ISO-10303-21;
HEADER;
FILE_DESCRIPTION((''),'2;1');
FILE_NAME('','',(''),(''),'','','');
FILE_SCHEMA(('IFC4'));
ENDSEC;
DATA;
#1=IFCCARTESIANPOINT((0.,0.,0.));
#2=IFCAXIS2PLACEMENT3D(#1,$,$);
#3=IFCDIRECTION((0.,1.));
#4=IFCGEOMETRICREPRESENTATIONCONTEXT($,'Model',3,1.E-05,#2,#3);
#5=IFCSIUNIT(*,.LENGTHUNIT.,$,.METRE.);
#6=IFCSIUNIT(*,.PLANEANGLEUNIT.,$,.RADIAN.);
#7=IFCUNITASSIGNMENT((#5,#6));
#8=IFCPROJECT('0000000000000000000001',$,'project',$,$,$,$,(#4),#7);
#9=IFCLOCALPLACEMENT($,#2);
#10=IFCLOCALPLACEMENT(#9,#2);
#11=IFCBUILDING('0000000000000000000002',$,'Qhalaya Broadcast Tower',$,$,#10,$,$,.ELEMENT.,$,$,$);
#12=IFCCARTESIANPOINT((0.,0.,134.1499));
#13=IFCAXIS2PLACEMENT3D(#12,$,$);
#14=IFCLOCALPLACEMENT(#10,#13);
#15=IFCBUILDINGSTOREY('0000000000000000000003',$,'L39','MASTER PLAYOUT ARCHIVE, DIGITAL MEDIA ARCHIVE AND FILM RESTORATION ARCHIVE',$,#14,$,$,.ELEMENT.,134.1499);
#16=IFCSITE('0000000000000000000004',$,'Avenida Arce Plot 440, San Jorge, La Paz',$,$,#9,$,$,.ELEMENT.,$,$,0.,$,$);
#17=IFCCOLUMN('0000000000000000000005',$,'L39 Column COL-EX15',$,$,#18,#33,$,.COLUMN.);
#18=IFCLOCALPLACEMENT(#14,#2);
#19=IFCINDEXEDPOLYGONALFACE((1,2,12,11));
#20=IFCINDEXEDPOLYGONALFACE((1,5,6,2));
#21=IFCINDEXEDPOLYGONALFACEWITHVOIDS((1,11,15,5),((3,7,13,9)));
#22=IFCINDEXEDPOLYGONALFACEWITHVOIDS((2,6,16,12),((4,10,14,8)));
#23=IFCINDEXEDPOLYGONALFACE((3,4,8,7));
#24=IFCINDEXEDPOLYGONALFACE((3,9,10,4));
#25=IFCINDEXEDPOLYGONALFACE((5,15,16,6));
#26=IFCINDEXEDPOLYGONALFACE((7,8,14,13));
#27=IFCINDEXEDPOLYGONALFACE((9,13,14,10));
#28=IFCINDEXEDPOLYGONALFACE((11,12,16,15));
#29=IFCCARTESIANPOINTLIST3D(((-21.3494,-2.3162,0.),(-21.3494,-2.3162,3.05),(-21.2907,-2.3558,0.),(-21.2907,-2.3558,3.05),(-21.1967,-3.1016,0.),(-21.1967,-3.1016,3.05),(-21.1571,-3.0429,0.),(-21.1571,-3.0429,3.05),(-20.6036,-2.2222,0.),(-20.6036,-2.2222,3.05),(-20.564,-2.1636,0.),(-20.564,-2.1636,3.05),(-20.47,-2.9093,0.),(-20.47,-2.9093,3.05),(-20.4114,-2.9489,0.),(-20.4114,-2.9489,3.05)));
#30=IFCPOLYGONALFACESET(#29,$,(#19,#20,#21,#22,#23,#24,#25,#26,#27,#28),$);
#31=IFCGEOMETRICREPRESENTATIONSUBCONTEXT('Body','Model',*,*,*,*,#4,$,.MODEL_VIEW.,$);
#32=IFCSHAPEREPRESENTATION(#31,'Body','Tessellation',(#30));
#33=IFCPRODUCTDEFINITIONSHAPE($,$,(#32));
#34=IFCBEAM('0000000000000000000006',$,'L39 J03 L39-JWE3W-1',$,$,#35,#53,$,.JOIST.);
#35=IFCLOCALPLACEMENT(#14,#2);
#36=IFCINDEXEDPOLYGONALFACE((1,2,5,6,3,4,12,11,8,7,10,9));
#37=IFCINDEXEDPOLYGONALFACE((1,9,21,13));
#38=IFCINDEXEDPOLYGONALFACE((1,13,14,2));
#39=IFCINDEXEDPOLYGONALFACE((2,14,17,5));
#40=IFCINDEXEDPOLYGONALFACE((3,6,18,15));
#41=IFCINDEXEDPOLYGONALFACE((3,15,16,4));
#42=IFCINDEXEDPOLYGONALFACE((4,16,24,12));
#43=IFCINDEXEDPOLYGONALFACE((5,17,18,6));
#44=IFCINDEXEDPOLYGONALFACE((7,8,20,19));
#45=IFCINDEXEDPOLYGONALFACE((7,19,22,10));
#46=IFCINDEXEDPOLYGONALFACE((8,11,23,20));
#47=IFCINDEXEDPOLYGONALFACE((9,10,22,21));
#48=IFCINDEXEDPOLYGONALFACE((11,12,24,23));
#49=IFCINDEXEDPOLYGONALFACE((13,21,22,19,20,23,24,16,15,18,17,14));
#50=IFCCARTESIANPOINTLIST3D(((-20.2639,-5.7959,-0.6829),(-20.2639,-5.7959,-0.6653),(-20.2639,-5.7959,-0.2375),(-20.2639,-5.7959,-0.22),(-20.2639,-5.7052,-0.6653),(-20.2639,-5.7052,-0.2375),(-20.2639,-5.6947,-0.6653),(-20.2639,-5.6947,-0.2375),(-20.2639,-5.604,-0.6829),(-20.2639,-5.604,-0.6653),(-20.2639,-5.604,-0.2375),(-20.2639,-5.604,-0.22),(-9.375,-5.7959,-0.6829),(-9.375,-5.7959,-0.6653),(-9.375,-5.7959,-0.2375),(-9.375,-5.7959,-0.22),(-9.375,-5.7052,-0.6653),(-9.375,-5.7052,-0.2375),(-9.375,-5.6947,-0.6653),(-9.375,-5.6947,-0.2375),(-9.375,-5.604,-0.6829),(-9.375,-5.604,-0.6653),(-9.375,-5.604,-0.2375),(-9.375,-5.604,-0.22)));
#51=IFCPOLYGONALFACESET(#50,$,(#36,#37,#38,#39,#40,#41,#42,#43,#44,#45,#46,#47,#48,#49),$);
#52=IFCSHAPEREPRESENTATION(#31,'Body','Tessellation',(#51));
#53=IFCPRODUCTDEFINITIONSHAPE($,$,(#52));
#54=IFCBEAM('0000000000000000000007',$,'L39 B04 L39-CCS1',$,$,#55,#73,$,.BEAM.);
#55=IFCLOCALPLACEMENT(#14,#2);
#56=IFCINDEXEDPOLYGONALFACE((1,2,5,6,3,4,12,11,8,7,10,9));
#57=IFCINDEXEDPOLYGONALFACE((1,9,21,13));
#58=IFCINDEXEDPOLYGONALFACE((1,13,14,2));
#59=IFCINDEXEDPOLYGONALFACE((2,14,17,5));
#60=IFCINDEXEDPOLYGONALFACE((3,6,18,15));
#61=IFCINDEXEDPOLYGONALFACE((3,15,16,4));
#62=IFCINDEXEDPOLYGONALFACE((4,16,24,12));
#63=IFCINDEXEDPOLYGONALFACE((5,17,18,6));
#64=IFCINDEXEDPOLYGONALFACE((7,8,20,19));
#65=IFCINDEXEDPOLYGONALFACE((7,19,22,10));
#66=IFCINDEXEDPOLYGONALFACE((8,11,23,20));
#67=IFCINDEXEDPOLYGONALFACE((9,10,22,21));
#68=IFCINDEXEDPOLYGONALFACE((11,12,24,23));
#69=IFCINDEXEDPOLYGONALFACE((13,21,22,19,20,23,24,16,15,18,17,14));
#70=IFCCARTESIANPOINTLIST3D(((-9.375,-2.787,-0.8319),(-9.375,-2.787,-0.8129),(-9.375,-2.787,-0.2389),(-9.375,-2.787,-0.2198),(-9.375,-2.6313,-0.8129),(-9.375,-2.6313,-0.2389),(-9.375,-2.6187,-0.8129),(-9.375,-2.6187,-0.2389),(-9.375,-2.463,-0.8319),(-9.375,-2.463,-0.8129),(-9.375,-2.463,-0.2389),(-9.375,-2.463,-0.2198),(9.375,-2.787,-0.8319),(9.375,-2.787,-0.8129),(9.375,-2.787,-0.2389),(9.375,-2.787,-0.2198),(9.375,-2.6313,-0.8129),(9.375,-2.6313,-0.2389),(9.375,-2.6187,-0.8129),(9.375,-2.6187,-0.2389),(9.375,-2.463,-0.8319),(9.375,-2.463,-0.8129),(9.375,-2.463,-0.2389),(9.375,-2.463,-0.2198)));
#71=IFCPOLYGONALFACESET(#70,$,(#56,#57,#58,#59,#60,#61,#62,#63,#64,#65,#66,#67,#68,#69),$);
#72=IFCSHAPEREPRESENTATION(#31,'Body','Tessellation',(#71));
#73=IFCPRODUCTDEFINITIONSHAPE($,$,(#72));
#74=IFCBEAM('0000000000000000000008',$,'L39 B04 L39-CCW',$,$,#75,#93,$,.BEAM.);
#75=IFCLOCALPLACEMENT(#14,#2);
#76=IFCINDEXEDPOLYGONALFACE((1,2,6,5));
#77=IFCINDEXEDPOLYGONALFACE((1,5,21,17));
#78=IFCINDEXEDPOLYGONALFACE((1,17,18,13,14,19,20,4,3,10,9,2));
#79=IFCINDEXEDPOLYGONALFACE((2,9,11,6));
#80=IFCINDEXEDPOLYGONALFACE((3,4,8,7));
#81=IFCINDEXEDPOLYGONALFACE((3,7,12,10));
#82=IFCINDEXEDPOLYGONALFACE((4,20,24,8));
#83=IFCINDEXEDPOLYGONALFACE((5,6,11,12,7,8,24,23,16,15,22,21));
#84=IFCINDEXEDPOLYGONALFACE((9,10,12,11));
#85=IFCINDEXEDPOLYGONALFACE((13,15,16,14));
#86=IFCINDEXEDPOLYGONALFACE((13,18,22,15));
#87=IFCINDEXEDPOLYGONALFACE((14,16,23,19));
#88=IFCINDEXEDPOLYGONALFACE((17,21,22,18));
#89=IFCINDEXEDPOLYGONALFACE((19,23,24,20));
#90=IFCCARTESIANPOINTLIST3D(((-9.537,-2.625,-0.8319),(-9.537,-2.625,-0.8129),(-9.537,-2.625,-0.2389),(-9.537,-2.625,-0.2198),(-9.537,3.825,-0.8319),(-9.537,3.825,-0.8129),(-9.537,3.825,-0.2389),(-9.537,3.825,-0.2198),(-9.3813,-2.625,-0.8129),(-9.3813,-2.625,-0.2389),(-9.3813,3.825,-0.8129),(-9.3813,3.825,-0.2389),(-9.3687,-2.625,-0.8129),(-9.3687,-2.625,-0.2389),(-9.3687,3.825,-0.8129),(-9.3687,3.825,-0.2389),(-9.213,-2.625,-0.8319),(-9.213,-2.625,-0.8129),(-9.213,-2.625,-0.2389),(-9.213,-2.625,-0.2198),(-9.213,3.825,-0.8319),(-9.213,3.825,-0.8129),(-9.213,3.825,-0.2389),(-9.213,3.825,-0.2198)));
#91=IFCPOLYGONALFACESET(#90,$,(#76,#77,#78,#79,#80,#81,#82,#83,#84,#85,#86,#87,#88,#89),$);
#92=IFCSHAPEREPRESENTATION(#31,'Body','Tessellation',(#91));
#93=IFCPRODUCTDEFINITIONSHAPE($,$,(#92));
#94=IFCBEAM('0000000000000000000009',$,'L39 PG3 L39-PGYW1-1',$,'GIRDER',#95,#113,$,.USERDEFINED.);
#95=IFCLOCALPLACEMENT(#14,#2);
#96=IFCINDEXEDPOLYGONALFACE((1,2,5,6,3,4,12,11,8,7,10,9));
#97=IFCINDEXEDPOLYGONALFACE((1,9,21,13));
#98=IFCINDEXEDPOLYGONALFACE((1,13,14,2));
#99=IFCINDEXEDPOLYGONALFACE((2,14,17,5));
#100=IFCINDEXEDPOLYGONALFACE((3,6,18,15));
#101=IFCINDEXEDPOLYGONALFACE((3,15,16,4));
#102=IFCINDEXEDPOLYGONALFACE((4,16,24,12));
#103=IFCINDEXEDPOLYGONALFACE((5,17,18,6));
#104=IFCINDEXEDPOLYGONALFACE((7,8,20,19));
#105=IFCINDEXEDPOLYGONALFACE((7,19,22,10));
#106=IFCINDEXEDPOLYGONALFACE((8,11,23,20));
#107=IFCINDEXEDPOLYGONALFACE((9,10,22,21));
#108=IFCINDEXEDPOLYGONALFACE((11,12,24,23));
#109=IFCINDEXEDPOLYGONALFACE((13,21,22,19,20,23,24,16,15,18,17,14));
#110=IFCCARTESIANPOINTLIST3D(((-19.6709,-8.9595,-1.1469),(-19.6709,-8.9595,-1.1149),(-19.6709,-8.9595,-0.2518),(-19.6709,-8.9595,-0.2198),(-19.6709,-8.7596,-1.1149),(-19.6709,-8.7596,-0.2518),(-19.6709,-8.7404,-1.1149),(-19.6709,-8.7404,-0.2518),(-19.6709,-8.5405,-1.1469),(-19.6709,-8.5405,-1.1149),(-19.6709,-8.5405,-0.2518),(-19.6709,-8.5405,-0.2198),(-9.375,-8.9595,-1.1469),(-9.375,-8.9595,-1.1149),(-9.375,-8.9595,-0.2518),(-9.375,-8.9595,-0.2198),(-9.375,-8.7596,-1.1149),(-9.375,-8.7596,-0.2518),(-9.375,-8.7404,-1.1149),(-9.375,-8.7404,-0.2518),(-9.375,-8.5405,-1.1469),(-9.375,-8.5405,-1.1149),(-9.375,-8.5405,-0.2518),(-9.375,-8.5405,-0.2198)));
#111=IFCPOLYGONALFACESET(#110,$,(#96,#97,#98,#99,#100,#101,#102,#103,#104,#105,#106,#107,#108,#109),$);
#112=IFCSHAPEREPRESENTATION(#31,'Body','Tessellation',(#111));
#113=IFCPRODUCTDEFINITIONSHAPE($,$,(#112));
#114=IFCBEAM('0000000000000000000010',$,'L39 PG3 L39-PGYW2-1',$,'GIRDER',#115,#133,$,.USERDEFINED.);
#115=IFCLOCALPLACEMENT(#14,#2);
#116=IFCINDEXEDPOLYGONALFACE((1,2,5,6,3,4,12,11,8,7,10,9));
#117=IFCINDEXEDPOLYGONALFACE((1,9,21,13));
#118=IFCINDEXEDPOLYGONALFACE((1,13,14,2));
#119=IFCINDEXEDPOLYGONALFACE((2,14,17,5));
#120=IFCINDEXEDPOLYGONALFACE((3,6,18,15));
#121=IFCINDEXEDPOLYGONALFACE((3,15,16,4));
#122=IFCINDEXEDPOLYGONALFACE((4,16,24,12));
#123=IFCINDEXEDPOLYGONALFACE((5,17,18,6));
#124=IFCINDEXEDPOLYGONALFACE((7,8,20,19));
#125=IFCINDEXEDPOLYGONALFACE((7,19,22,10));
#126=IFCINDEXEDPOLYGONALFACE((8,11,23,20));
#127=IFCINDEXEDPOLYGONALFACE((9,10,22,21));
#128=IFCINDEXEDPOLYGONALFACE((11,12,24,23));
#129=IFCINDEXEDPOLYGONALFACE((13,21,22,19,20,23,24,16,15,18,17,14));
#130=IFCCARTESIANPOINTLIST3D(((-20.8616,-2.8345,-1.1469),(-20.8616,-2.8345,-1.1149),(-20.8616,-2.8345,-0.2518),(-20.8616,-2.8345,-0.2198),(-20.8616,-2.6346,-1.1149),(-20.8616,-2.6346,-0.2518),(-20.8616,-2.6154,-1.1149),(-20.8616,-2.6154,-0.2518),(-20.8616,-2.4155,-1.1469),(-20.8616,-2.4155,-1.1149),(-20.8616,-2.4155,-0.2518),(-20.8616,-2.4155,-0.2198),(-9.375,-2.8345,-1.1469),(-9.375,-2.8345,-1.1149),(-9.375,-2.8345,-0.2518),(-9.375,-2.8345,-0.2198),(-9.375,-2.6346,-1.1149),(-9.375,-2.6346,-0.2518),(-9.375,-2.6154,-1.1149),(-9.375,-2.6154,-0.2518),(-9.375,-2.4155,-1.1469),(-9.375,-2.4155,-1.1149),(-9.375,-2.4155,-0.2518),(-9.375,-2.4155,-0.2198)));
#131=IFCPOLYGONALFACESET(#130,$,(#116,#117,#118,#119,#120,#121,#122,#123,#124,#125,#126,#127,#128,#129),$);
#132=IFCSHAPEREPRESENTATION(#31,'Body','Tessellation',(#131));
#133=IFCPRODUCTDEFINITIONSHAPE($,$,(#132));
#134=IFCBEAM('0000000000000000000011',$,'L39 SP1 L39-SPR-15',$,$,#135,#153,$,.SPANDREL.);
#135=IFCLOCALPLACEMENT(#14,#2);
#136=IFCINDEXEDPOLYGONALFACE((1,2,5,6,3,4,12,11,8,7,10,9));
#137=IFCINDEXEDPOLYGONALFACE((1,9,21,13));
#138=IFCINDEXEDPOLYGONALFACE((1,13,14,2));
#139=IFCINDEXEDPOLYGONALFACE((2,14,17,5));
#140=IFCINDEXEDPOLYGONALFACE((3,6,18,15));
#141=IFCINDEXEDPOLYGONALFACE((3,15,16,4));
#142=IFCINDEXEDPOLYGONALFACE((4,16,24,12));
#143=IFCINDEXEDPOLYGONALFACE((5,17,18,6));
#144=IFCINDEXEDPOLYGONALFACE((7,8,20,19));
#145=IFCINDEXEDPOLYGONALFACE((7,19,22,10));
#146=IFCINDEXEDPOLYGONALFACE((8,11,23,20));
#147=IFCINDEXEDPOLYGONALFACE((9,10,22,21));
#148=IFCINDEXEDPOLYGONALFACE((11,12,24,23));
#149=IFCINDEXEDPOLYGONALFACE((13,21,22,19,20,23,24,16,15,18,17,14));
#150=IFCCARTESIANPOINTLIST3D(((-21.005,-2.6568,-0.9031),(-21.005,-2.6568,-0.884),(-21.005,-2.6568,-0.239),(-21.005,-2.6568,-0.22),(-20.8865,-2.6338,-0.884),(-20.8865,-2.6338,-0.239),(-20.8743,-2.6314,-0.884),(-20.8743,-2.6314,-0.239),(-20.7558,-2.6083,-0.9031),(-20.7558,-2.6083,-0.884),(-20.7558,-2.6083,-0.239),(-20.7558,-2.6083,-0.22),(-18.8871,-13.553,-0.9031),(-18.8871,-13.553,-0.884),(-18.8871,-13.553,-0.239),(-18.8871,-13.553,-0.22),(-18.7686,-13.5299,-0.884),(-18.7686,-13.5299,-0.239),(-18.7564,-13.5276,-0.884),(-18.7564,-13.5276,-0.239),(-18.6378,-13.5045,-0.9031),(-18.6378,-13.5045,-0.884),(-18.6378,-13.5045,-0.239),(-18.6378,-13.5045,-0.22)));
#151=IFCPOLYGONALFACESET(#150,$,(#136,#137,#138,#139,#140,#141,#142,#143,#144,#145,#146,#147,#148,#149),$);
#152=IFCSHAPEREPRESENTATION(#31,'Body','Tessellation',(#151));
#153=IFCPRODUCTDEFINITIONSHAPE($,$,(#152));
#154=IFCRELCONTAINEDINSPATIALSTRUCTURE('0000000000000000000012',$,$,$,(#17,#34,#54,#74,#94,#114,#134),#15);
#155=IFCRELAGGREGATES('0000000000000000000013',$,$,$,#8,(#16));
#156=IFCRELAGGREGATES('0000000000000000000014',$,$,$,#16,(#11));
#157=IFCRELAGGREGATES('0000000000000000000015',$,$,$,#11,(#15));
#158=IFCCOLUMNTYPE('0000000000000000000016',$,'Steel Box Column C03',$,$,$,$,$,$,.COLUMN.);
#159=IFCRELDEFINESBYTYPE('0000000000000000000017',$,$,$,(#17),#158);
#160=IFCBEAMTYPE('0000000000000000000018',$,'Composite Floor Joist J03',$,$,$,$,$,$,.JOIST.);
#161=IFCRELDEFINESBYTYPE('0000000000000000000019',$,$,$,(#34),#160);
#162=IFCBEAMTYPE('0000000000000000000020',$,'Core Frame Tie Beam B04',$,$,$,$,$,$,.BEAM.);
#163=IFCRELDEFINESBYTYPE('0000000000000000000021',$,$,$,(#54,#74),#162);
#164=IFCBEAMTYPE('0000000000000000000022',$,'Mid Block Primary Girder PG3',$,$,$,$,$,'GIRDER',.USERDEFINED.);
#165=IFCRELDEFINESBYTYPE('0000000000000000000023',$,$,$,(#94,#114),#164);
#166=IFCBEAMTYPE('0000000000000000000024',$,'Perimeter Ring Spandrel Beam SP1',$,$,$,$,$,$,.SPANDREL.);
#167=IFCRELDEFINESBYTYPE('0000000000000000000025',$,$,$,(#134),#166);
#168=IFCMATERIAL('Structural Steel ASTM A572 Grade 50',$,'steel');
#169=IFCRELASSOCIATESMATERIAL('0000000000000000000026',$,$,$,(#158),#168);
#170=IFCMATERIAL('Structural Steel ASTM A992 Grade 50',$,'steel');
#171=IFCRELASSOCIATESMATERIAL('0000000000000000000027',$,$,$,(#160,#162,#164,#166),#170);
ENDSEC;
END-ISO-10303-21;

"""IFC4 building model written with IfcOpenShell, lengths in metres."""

from ifc_helpers import new_model, si_unit, direction, frame, origin, origin_2d, place, context, subcontext, project, spatial, hollow_rectangle, i_section, extrude, material, material_profile, profile_set, type_object, element, save


model = new_model("IFC4")

# Units and contexts
model_context = context("Model", 3, precision=1e-05, world=origin(), true_north=direction((0.0, 1.0)))
body_context = subcontext(model_context, "Body", "Model", "MODEL_VIEW")
ifc_project = project(units=[si_unit("LENGTHUNIT", "METRE"), si_unit("PLANEANGLEUNIT", "RADIAN")], contexts=[model_context])

# Site, building, storey
site_placement = place(None, origin())
site = spatial("IfcSite", under=ifc_project, at=site_placement, Name="Avenida Arce Plot 440, San Jorge, La Paz", CompositionType="ELEMENT", RefElevation=0.0)
building_placement = place(site_placement, origin())
building = spatial("IfcBuilding", under=site, at=building_placement, Name="Qhalaya Broadcast Tower", CompositionType="ELEMENT")
storey_placement = place(building_placement, frame((0.0, 0.0, 134.1499)))
storey = spatial("IfcBuildingStorey", under=building, at=storey_placement, Name="L39", Description="MASTER PLAYOUT ARCHIVE, DIGITAL MEDIA ARCHIVE AND FILM RESTORATION ARCHIVE", CompositionType="ELEMENT", Elevation=134.1499)

# Column
ifc_material_1 = material(Name="Structural Steel ASTM A572 Grade 50", Category="steel")
ifc_material_profile_1 = material_profile(ifc_material_1, hollow_rectangle(XDim=0.8, YDim=0.8, WallThickness=0.05, at=origin_2d()), Name="BOX 800x800x50")
ifc_profile_set_1 = profile_set([ifc_material_profile_1], Name="Structural Steel ASTM A572 Grade 50")
column_type = type_object("IfcColumnType", Name="Steel Box Column C03", PredefinedType="COLUMN", material=ifc_profile_set_1)
column_placement = place(storey_placement, frame((-20.8804, -2.6326, 0.0), z_axis=(0.0, 0.0, 1.0), x_axis=(-0.190809, 0.981627, 0.0)))
element("IfcColumn", 1, at=column_placement, inside=storey, type_object=column_type, Name="L39 Column COL-EX15", PredefinedType="COLUMN", context=body_context, shape_type="SweptSolid", body=[
    extrude(hollow_rectangle(XDim=0.8, YDim=0.8, WallThickness=0.05, at=origin_2d()), origin(), (0.0, 0.0, 1.0), 3.05),
])

# Beams
ifc_material_2 = material(Name="Structural Steel ASTM A992 Grade 50", Category="steel")
ifc_material_profile_2 = material_profile(ifc_material_2, i_section(OverallWidth=0.1919, OverallDepth=0.4629, WebThickness=0.0105, FlangeThickness=0.0176, at=origin_2d()), Name="W18X60")
ifc_profile_set_2 = profile_set([ifc_material_profile_2], Name="Structural Steel ASTM A992 Grade 50")
beam_type_1 = type_object("IfcBeamType", Name="Composite Floor Joist J03", PredefinedType="JOIST", material=ifc_profile_set_2)
beam_1_placement = place(storey_placement, frame((-20.2639, -5.7, -0.4514), z_axis=(1.0, 0.0, 0.0), x_axis=(0.0, 1.0, 0.0)))
element("IfcBeam", 2, at=beam_1_placement, inside=storey, type_object=beam_type_1, Name="L39 J03 L39-JWE3W-1", PredefinedType="JOIST", context=body_context, shape_type="SweptSolid", body=[
    extrude(i_section(OverallWidth=0.1919, OverallDepth=0.4629, WebThickness=0.0105, FlangeThickness=0.0176, at=origin_2d()), origin(), (0.0, 0.0, 1.0), 10.8889),
])
ifc_material_profile_3 = material_profile(ifc_material_2, i_section(OverallWidth=0.324, OverallDepth=0.6121, WebThickness=0.0127, FlangeThickness=0.019, at=origin_2d()), Name="W24X104")
ifc_profile_set_3 = profile_set([ifc_material_profile_3], Name="Structural Steel ASTM A992 Grade 50")
beam_type_2 = type_object("IfcBeamType", Name="Core Frame Tie Beam B04", PredefinedType="BEAM", material=ifc_profile_set_3)
beam_2_placement = place(storey_placement, frame((-9.375, -2.625, -0.5259), z_axis=(1.0, 0.0, 0.0), x_axis=(0.0, 1.0, 0.0)))
element("IfcBeam", 3, at=beam_2_placement, inside=storey, type_object=beam_type_2, Name="L39 B04 L39-CCS1", PredefinedType="BEAM", context=body_context, shape_type="SweptSolid", body=[
    extrude(i_section(OverallWidth=0.324, OverallDepth=0.6121, WebThickness=0.0127, FlangeThickness=0.019, at=origin_2d()), origin(), (0.0, 0.0, 1.0), 18.75),
])
beam_3_placement = place(storey_placement, frame((-9.375, -2.625, -0.5259), z_axis=(0.0, 1.0, 0.0), x_axis=(-1.0, 0.0, 0.0)))
element("IfcBeam", 4, at=beam_3_placement, inside=storey, type_object=beam_type_2, Name="L39 B04 L39-CCW", PredefinedType="BEAM", context=body_context, shape_type="SweptSolid", body=[
    extrude(i_section(OverallWidth=0.324, OverallDepth=0.6121, WebThickness=0.0127, FlangeThickness=0.019, at=origin_2d()), origin(), (0.0, 0.0, 1.0), 6.45),
])
ifc_material_profile_4 = material_profile(ifc_material_2, i_section(OverallWidth=0.4189, OverallDepth=0.927, WebThickness=0.0193, FlangeThickness=0.032, at=origin_2d()), Name="W36X231")
ifc_profile_set_4 = profile_set([ifc_material_profile_4], Name="Structural Steel ASTM A992 Grade 50")
beam_type_3 = type_object("IfcBeamType", Name="Mid Block Primary Girder PG3", ElementType="GIRDER", PredefinedType="USERDEFINED", material=ifc_profile_set_4)
beam_4_placement = place(storey_placement, frame((-19.6709, -8.75, -0.6833), z_axis=(1.0, 0.0, 0.0), x_axis=(0.0, 1.0, 0.0)))
element("IfcBeam", 5, at=beam_4_placement, inside=storey, type_object=beam_type_3, Name="L39 PG3 L39-PGYW1-1", ObjectType="GIRDER", PredefinedType="USERDEFINED", context=body_context, shape_type="SweptSolid", body=[
    extrude(i_section(OverallWidth=0.4189, OverallDepth=0.927, WebThickness=0.0193, FlangeThickness=0.032, at=origin_2d()), origin(), (0.0, 0.0, 1.0), 10.2959),
])
beam_5_placement = place(storey_placement, frame((-20.8616, -2.625, -0.6833), z_axis=(1.0, 0.0, 0.0), x_axis=(0.0, 1.0, 0.0)))
element("IfcBeam", 6, at=beam_5_placement, inside=storey, type_object=beam_type_3, Name="L39 PG3 L39-PGYW2-1", ObjectType="GIRDER", PredefinedType="USERDEFINED", context=body_context, shape_type="SweptSolid", body=[
    extrude(i_section(OverallWidth=0.4189, OverallDepth=0.927, WebThickness=0.0193, FlangeThickness=0.032, at=origin_2d()), origin(), (0.0, 0.0, 1.0), 11.4866),
])
ifc_material_profile_5 = material_profile(ifc_material_2, i_section(OverallWidth=0.2539, OverallDepth=0.6831, WebThickness=0.0125, FlangeThickness=0.019, at=origin_2d()), Name="W27X94")
ifc_profile_set_5 = profile_set([ifc_material_profile_5], Name="Structural Steel ASTM A992 Grade 50")
beam_type_4 = type_object("IfcBeamType", Name="Perimeter Ring Spandrel Beam SP1", PredefinedType="SPANDREL", material=ifc_profile_set_5)
beam_6_placement = place(storey_placement, frame((-20.8804, -2.6326, -0.5615), z_axis=(0.190801, -0.981629, 0.0), x_axis=(0.981629, 0.190801, 0.0)))
element("IfcBeam", 7, at=beam_6_placement, inside=storey, type_object=beam_type_4, Name="L39 SP1 L39-SPR-15", PredefinedType="SPANDREL", context=body_context, shape_type="SweptSolid", body=[
    extrude(i_section(OverallWidth=0.2539, OverallDepth=0.6831, WebThickness=0.0125, FlangeThickness=0.019, at=origin_2d()), origin(), (0.0, 0.0, 1.0), 11.1001),
])

save(model, "model.ifc")
